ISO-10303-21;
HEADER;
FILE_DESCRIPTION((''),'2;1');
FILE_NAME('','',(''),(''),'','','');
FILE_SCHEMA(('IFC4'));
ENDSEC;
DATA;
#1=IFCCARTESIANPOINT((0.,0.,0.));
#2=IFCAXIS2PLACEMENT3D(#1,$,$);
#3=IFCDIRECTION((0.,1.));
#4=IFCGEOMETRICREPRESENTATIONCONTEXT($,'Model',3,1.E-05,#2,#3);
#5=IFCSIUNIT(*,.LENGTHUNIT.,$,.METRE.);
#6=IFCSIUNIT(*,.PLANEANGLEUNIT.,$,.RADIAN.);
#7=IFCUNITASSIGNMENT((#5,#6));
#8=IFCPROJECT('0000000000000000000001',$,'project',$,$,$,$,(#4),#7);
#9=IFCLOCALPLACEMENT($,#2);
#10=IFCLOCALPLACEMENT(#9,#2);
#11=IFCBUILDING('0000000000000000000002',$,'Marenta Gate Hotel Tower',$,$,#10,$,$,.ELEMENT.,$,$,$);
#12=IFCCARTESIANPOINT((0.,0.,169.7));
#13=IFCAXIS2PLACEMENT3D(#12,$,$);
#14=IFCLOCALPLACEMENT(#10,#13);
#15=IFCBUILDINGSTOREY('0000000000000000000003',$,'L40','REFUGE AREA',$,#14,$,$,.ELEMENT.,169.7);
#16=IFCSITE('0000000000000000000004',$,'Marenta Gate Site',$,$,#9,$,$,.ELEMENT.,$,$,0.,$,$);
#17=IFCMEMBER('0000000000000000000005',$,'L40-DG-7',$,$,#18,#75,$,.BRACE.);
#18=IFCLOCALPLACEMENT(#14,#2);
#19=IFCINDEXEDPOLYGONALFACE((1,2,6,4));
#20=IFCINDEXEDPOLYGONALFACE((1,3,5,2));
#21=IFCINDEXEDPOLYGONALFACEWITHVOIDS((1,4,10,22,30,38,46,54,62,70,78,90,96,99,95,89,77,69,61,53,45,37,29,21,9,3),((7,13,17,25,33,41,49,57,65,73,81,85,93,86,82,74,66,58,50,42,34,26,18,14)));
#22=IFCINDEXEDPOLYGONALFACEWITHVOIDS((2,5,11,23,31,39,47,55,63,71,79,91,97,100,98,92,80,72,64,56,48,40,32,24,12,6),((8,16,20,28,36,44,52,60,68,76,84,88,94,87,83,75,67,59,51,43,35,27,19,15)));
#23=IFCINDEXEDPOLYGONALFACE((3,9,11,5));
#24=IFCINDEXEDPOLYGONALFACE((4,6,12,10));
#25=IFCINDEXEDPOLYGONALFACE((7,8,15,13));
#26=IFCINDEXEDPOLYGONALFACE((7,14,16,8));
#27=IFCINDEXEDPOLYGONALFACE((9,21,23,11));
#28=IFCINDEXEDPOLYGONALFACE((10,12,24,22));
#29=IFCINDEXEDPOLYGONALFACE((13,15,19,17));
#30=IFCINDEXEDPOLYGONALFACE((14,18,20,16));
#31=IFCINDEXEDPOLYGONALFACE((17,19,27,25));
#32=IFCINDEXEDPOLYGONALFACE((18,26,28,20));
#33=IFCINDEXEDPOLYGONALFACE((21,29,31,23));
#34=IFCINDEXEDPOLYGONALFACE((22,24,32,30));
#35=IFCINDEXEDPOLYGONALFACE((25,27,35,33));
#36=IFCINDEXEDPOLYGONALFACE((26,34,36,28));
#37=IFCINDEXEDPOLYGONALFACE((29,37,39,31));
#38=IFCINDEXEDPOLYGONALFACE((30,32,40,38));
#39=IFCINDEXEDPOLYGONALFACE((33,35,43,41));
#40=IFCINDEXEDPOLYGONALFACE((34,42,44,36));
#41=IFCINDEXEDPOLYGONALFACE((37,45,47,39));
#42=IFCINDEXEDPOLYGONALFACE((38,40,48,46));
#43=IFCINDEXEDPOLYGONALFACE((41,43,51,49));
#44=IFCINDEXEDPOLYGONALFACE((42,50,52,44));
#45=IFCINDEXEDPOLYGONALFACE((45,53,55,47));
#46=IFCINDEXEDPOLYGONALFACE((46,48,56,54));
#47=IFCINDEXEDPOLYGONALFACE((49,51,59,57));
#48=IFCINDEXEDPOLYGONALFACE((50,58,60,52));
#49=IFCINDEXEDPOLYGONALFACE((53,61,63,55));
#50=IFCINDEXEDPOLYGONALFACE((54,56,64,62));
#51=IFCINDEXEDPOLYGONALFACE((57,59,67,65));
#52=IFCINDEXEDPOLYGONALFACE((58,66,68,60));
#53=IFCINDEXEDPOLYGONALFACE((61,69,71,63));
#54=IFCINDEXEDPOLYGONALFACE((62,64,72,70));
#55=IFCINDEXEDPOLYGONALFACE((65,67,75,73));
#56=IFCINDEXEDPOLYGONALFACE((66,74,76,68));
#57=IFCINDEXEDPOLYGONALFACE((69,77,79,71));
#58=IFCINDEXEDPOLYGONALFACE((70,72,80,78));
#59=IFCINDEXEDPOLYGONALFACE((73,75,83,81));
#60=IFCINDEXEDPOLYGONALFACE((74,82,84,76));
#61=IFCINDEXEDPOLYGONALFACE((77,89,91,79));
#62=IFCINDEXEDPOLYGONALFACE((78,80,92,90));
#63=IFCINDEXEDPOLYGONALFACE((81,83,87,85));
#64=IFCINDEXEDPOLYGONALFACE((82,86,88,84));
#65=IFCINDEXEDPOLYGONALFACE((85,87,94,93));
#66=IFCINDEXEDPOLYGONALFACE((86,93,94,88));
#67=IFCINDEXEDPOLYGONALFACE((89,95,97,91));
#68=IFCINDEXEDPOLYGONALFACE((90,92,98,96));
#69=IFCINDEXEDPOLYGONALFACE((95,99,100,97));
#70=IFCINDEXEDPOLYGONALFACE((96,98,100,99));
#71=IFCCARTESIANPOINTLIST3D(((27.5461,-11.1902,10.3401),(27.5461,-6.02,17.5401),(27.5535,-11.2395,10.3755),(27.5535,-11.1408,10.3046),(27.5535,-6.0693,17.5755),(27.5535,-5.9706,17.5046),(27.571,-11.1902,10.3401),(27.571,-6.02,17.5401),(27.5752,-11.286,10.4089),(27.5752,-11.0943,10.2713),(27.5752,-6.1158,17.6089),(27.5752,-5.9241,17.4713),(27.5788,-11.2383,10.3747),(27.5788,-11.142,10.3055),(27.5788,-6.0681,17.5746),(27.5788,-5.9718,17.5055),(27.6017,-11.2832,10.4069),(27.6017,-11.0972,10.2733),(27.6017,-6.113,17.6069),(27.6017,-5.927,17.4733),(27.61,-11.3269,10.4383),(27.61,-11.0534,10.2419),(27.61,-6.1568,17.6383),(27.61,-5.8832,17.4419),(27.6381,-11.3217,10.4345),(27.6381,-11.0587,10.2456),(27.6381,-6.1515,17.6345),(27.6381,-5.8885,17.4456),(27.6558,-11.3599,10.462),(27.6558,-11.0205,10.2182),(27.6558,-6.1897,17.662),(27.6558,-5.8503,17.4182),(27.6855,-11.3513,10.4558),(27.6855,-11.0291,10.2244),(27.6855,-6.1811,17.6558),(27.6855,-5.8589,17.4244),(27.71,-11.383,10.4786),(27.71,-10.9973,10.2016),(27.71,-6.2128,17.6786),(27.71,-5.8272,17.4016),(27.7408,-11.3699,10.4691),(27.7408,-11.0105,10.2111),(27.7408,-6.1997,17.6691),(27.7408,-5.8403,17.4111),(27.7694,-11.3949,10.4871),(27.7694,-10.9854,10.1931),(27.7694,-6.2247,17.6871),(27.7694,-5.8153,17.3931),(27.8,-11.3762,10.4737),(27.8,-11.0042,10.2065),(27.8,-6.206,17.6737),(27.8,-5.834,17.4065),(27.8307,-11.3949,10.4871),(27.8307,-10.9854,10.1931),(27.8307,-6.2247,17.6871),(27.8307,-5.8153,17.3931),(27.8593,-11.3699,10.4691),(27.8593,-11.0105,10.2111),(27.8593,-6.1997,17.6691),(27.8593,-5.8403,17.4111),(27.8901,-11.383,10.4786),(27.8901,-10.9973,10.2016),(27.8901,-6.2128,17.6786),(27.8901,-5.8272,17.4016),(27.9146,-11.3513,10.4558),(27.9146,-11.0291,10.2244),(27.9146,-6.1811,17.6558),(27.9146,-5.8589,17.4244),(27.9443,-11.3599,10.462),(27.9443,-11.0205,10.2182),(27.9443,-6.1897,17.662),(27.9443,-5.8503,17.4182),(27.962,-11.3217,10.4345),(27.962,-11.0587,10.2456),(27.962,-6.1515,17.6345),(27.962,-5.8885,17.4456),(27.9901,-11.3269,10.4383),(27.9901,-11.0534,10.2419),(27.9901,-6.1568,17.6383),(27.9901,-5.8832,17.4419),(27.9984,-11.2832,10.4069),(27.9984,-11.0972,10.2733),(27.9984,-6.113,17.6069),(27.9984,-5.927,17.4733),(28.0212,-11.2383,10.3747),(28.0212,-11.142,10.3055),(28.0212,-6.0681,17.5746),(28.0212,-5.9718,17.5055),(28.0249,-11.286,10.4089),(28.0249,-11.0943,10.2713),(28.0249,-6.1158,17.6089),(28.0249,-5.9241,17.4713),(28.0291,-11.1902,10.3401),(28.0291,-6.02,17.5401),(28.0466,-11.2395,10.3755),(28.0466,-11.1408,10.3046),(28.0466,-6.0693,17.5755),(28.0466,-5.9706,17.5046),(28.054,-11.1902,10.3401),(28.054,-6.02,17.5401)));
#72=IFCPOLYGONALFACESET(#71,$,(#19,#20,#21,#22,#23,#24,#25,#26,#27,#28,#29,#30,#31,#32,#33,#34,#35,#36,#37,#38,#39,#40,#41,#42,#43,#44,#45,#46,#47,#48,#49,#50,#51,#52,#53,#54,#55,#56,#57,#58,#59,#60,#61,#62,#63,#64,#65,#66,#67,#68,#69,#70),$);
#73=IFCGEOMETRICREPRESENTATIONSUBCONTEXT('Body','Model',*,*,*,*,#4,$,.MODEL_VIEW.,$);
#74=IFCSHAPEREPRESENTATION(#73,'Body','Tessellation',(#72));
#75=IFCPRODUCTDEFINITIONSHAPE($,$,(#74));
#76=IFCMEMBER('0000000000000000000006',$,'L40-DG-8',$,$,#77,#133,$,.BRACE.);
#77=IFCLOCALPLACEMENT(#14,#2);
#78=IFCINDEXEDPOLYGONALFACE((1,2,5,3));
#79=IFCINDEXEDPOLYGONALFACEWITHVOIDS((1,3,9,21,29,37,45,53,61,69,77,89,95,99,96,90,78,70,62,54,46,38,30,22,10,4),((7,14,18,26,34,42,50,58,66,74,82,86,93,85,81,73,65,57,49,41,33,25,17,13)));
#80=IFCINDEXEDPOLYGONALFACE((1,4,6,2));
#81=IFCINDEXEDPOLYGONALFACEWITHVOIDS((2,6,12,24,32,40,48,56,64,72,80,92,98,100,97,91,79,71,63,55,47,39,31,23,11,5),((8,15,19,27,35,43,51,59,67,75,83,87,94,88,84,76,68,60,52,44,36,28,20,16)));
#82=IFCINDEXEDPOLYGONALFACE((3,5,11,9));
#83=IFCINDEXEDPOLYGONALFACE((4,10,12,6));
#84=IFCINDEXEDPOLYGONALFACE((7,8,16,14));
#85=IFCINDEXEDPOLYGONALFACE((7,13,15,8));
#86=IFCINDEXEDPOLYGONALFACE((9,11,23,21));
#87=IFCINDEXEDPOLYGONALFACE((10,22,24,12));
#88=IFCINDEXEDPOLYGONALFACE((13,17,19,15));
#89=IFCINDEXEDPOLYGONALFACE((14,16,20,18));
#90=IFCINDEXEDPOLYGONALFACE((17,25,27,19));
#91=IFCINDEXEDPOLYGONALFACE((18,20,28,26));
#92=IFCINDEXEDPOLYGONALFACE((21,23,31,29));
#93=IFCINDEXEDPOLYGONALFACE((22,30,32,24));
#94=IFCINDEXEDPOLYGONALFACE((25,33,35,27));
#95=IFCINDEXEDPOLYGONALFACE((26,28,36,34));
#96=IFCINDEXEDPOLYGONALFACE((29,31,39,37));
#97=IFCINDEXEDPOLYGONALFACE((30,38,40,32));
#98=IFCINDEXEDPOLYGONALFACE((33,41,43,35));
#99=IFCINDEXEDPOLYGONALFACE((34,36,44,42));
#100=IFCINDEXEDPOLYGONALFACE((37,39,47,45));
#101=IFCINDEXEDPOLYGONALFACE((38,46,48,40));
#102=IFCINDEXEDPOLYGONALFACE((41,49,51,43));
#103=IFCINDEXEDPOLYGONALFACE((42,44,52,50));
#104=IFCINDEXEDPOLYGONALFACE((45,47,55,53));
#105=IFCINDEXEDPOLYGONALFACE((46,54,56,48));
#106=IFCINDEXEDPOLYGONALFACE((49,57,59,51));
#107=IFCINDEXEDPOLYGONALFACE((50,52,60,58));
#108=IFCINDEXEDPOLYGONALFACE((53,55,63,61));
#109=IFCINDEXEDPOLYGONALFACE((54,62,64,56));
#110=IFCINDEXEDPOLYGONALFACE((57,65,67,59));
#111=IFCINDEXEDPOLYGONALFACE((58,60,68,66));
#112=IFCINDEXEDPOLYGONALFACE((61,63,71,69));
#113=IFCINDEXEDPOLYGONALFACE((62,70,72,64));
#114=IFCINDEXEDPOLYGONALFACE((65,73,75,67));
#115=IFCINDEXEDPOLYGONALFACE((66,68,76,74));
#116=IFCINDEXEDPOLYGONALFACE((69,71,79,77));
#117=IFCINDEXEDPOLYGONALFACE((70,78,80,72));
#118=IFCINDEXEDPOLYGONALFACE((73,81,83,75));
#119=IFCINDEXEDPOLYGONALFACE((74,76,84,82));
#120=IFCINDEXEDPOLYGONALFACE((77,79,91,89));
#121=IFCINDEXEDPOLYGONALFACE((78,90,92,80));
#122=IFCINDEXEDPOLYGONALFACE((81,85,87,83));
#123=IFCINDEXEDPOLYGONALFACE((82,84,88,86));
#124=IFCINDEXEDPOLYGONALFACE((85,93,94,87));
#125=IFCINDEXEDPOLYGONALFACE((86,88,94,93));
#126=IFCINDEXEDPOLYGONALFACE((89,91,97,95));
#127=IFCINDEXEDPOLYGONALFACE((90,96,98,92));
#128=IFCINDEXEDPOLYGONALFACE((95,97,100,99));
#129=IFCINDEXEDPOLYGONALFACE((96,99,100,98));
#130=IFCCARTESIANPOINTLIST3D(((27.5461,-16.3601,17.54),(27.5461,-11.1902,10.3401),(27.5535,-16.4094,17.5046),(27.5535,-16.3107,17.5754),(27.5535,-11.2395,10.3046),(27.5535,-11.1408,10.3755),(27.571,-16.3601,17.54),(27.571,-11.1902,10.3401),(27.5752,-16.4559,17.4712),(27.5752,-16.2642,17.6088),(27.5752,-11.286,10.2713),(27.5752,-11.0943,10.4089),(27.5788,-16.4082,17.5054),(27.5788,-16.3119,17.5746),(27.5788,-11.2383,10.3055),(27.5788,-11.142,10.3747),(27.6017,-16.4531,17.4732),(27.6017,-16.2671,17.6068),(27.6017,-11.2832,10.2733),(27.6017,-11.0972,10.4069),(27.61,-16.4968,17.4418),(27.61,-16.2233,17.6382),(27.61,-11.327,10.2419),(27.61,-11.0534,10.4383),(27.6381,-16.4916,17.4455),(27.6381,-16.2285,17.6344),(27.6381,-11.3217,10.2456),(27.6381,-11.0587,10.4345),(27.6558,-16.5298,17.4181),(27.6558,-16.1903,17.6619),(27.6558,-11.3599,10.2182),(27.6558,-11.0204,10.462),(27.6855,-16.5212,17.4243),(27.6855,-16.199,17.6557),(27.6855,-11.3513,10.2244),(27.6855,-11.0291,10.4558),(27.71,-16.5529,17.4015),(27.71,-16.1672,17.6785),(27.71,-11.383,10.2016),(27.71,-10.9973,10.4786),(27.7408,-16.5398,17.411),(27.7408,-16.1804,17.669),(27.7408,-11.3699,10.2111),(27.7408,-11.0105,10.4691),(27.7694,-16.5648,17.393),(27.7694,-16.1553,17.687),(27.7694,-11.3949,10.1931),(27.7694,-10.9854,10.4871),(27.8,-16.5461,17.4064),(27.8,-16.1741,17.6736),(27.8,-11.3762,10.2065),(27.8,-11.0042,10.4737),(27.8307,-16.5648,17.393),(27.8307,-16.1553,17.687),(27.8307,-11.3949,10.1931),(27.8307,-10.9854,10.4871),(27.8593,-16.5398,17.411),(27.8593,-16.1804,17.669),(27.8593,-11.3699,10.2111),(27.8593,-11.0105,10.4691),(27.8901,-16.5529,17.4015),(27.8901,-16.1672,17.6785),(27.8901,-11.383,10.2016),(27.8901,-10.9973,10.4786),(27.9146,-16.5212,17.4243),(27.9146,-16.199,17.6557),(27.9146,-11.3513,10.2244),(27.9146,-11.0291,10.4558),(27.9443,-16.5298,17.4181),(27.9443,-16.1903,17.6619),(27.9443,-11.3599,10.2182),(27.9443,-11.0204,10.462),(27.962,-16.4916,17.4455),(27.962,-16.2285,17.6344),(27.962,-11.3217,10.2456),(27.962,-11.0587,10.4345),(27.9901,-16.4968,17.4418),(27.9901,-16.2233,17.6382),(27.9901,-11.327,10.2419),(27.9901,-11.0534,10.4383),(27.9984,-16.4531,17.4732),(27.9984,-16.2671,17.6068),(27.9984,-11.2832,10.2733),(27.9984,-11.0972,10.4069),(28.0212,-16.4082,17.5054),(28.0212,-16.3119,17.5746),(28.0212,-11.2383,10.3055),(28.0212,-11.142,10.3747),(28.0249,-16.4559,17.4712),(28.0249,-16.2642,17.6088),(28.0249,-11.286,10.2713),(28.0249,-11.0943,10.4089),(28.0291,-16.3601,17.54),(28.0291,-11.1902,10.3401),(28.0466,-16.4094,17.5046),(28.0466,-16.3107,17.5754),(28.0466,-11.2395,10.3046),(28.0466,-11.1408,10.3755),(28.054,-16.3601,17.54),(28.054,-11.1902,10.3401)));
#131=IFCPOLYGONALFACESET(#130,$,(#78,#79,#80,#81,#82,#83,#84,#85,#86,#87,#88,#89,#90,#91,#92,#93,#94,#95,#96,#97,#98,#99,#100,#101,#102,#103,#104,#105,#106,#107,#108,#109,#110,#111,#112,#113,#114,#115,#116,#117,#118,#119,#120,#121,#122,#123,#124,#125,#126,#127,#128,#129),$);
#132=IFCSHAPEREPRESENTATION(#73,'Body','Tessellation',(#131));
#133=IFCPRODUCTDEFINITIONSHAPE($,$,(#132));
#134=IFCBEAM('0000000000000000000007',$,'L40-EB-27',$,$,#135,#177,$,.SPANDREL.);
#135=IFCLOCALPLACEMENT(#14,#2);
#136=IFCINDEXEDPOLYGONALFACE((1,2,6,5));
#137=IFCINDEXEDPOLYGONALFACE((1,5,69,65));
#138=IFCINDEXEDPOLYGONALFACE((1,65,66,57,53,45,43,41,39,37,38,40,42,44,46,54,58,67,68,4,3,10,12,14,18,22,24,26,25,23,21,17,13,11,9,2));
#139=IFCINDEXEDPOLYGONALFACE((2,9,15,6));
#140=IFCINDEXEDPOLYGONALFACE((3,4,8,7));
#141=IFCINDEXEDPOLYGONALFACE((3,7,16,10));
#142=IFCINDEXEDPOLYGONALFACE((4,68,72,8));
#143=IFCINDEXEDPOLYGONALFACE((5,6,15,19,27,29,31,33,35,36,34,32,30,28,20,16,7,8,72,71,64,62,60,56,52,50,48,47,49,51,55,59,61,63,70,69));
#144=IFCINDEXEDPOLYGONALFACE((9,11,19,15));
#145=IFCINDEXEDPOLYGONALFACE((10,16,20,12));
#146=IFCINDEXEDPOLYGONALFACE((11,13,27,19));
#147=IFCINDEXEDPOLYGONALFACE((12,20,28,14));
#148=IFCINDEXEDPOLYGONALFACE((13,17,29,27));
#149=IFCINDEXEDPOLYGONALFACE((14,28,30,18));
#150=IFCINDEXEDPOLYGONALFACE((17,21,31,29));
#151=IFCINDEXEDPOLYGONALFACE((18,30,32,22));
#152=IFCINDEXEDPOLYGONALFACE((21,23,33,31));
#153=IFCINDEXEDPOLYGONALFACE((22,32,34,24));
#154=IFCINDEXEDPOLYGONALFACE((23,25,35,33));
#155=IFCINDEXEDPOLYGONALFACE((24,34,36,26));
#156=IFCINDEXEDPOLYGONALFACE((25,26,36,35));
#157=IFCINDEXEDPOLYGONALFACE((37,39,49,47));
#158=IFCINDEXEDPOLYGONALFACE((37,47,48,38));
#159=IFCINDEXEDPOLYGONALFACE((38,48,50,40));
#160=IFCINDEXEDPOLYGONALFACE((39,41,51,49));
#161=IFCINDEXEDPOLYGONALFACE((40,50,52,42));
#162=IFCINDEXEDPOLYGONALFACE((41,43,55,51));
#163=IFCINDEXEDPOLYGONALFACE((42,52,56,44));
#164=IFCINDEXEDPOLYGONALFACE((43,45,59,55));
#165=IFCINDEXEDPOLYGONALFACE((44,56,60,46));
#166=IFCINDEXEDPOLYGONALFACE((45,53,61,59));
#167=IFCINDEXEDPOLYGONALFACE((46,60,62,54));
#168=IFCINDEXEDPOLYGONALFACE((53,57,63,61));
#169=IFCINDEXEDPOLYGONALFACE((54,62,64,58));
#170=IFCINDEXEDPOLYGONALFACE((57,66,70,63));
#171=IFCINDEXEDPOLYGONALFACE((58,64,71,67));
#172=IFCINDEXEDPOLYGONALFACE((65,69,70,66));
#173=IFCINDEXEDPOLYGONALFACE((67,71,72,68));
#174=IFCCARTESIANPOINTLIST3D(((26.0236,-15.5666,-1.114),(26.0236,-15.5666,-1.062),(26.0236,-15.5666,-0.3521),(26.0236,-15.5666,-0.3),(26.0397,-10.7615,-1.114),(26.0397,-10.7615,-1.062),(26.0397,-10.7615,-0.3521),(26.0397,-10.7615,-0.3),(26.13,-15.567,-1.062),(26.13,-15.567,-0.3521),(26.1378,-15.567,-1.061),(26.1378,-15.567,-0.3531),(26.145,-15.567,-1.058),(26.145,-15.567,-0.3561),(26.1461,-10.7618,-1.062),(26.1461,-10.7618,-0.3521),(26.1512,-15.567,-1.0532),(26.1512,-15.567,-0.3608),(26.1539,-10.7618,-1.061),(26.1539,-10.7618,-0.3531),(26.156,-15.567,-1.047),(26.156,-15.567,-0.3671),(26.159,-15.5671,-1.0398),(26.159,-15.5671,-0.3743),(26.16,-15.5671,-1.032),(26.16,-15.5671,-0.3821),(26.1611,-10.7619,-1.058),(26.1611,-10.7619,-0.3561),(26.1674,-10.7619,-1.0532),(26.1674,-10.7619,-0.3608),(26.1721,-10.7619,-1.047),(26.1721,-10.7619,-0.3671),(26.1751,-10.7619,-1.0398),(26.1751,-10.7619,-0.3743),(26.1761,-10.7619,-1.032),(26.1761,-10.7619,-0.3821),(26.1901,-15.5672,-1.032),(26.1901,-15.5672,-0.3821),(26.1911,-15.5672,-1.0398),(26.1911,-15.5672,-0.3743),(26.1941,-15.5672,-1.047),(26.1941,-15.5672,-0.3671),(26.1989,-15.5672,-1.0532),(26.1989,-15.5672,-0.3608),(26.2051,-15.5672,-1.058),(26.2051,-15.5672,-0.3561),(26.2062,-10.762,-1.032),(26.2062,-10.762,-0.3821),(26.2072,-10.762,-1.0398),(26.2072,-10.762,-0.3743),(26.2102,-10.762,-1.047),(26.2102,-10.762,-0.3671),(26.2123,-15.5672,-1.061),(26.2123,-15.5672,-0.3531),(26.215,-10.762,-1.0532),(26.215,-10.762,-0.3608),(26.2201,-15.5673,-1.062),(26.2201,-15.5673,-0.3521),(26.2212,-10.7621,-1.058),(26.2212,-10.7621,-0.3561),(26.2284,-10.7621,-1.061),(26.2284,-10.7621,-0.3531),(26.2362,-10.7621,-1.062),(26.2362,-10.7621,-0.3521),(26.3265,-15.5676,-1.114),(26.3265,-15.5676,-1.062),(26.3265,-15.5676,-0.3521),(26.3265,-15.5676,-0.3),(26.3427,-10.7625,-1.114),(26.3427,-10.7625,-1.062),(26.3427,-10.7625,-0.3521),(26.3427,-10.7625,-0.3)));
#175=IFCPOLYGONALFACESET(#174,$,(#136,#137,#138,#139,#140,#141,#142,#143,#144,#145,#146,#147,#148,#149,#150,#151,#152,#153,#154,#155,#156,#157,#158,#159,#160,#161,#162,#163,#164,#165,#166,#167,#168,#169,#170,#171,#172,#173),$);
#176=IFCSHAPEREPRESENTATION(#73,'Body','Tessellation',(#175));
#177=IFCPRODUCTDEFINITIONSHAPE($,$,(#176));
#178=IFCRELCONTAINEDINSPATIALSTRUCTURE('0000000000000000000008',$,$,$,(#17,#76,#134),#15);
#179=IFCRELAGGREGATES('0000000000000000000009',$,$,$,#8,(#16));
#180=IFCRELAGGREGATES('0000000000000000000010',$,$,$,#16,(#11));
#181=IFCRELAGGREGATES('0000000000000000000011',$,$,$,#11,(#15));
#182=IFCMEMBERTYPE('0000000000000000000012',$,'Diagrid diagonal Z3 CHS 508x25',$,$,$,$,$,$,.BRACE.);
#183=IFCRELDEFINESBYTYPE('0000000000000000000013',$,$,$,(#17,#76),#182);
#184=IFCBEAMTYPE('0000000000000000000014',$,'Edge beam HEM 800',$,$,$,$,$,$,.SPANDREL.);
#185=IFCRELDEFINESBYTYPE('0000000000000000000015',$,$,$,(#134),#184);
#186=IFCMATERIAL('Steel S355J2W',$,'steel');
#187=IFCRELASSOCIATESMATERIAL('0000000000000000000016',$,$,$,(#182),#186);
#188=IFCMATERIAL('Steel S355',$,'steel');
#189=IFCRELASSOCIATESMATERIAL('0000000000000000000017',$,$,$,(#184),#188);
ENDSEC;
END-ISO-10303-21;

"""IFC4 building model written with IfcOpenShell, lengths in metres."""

from ifc_helpers import new_model, si_unit, direction, frame, origin, origin_2d, place, context, subcontext, project, spatial, hollow_circle, i_section, extrude, material, material_profile, profile_set, type_object, element, save


model = new_model("IFC4")

# Units and contexts
model_context = context("Model", 3, precision=1e-05, world=origin(), true_north=direction((0.0, 1.0)))
body_context = subcontext(model_context, "Body", "Model", "MODEL_VIEW")
ifc_project = project(units=[si_unit("LENGTHUNIT", "METRE"), si_unit("PLANEANGLEUNIT", "RADIAN")], contexts=[model_context])

# Site, building, storey
site_placement = place(None, origin())
site = spatial("IfcSite", under=ifc_project, at=site_placement, Name="Marenta Gate Site", CompositionType="ELEMENT", RefElevation=0.0)
building_placement = place(site_placement, origin())
building = spatial("IfcBuilding", under=site, at=building_placement, Name="Marenta Gate Hotel Tower", CompositionType="ELEMENT")
storey_placement = place(building_placement, frame((0.0, 0.0, 169.7)))
storey = spatial("IfcBuildingStorey", under=building, at=storey_placement, Name="L40", Description="REFUGE AREA", CompositionType="ELEMENT", Elevation=169.7)

# Members
ifc_material_1 = material(Name="Steel S355J2W", Category="steel")
ifc_material_profile_1 = material_profile(ifc_material_1, hollow_circle(Radius=0.2539, WallThickness=0.0249, at=origin_2d()), Name="CHS 508x25")
ifc_profile_set_1 = profile_set([ifc_material_profile_1], Name="Steel S355J2W")
member_type_1 = type_object("IfcMemberType", Name="Diagrid diagonal Z3 CHS 508x25", PredefinedType="BRACE", material=ifc_profile_set_1)
member_1_placement = place(storey_placement, frame((27.8, -11.1902, 10.3401), z_axis=(0.0, 0.583279, 0.812272), x_axis=(-1.0, 0.0, 0.0)))
element("IfcMember", 1, at=member_1_placement, inside=storey, type_object=member_type_1, Name="L40-DG-7", PredefinedType="BRACE", context=body_context, shape_type="SweptSolid", body=[
    extrude(hollow_circle(Radius=0.2539, WallThickness=0.0249, at=origin_2d()), origin(), (0.0, 0.0, 1.0), 8.864),
])
member_2_placement = place(storey_placement, frame((27.8, -11.1902, 10.3401), z_axis=(0.0, -0.583261, 0.812285), x_axis=(1.0, 0.0, 0.0)))
element("IfcMember", 2, at=member_2_placement, inside=storey, type_object=member_type_1, Name="L40-DG-8", PredefinedType="BRACE", context=body_context, shape_type="SweptSolid", body=[
    extrude(hollow_circle(Radius=0.2539, WallThickness=0.0249, at=origin_2d()), origin(), (0.0, 0.0, 1.0), 8.8638),
])

# Beam
ifc_material_2 = material(Name="Steel S355", Category="steel")
ifc_material_profile_2 = material_profile(ifc_material_2, i_section(OverallWidth=0.303, OverallDepth=0.814, WebThickness=0.03, FlangeThickness=0.052, FilletRadius=0.03, at=origin_2d()), Name="HEM 800")
ifc_profile_set_2 = profile_set([ifc_material_profile_2], Name="Steel S355")
beam_type_1 = type_object("IfcBeamType", Name="Edge beam HEM 800", PredefinedType="SPANDREL", material=ifc_profile_set_2)
beam_1_placement = place(storey_placement, frame((26.1912, -10.762, -0.707), z_axis=(-0.003353, -0.999994, 0.0), x_axis=(0.999994, -0.003353, 0.0)))
element("IfcBeam", 3, at=beam_1_placement, inside=storey, type_object=beam_type_1, Name="L40-EB-27", PredefinedType="SPANDREL", context=body_context, shape_type="SweptSolid", body=[
    extrude(i_section(OverallWidth=0.303, OverallDepth=0.814, WebThickness=0.03, FlangeThickness=0.052, FilletRadius=0.03, at=origin_2d()), origin(), (0.0, 0.0, 1.0), 4.8052),
])

save(model, "model.ifc")
